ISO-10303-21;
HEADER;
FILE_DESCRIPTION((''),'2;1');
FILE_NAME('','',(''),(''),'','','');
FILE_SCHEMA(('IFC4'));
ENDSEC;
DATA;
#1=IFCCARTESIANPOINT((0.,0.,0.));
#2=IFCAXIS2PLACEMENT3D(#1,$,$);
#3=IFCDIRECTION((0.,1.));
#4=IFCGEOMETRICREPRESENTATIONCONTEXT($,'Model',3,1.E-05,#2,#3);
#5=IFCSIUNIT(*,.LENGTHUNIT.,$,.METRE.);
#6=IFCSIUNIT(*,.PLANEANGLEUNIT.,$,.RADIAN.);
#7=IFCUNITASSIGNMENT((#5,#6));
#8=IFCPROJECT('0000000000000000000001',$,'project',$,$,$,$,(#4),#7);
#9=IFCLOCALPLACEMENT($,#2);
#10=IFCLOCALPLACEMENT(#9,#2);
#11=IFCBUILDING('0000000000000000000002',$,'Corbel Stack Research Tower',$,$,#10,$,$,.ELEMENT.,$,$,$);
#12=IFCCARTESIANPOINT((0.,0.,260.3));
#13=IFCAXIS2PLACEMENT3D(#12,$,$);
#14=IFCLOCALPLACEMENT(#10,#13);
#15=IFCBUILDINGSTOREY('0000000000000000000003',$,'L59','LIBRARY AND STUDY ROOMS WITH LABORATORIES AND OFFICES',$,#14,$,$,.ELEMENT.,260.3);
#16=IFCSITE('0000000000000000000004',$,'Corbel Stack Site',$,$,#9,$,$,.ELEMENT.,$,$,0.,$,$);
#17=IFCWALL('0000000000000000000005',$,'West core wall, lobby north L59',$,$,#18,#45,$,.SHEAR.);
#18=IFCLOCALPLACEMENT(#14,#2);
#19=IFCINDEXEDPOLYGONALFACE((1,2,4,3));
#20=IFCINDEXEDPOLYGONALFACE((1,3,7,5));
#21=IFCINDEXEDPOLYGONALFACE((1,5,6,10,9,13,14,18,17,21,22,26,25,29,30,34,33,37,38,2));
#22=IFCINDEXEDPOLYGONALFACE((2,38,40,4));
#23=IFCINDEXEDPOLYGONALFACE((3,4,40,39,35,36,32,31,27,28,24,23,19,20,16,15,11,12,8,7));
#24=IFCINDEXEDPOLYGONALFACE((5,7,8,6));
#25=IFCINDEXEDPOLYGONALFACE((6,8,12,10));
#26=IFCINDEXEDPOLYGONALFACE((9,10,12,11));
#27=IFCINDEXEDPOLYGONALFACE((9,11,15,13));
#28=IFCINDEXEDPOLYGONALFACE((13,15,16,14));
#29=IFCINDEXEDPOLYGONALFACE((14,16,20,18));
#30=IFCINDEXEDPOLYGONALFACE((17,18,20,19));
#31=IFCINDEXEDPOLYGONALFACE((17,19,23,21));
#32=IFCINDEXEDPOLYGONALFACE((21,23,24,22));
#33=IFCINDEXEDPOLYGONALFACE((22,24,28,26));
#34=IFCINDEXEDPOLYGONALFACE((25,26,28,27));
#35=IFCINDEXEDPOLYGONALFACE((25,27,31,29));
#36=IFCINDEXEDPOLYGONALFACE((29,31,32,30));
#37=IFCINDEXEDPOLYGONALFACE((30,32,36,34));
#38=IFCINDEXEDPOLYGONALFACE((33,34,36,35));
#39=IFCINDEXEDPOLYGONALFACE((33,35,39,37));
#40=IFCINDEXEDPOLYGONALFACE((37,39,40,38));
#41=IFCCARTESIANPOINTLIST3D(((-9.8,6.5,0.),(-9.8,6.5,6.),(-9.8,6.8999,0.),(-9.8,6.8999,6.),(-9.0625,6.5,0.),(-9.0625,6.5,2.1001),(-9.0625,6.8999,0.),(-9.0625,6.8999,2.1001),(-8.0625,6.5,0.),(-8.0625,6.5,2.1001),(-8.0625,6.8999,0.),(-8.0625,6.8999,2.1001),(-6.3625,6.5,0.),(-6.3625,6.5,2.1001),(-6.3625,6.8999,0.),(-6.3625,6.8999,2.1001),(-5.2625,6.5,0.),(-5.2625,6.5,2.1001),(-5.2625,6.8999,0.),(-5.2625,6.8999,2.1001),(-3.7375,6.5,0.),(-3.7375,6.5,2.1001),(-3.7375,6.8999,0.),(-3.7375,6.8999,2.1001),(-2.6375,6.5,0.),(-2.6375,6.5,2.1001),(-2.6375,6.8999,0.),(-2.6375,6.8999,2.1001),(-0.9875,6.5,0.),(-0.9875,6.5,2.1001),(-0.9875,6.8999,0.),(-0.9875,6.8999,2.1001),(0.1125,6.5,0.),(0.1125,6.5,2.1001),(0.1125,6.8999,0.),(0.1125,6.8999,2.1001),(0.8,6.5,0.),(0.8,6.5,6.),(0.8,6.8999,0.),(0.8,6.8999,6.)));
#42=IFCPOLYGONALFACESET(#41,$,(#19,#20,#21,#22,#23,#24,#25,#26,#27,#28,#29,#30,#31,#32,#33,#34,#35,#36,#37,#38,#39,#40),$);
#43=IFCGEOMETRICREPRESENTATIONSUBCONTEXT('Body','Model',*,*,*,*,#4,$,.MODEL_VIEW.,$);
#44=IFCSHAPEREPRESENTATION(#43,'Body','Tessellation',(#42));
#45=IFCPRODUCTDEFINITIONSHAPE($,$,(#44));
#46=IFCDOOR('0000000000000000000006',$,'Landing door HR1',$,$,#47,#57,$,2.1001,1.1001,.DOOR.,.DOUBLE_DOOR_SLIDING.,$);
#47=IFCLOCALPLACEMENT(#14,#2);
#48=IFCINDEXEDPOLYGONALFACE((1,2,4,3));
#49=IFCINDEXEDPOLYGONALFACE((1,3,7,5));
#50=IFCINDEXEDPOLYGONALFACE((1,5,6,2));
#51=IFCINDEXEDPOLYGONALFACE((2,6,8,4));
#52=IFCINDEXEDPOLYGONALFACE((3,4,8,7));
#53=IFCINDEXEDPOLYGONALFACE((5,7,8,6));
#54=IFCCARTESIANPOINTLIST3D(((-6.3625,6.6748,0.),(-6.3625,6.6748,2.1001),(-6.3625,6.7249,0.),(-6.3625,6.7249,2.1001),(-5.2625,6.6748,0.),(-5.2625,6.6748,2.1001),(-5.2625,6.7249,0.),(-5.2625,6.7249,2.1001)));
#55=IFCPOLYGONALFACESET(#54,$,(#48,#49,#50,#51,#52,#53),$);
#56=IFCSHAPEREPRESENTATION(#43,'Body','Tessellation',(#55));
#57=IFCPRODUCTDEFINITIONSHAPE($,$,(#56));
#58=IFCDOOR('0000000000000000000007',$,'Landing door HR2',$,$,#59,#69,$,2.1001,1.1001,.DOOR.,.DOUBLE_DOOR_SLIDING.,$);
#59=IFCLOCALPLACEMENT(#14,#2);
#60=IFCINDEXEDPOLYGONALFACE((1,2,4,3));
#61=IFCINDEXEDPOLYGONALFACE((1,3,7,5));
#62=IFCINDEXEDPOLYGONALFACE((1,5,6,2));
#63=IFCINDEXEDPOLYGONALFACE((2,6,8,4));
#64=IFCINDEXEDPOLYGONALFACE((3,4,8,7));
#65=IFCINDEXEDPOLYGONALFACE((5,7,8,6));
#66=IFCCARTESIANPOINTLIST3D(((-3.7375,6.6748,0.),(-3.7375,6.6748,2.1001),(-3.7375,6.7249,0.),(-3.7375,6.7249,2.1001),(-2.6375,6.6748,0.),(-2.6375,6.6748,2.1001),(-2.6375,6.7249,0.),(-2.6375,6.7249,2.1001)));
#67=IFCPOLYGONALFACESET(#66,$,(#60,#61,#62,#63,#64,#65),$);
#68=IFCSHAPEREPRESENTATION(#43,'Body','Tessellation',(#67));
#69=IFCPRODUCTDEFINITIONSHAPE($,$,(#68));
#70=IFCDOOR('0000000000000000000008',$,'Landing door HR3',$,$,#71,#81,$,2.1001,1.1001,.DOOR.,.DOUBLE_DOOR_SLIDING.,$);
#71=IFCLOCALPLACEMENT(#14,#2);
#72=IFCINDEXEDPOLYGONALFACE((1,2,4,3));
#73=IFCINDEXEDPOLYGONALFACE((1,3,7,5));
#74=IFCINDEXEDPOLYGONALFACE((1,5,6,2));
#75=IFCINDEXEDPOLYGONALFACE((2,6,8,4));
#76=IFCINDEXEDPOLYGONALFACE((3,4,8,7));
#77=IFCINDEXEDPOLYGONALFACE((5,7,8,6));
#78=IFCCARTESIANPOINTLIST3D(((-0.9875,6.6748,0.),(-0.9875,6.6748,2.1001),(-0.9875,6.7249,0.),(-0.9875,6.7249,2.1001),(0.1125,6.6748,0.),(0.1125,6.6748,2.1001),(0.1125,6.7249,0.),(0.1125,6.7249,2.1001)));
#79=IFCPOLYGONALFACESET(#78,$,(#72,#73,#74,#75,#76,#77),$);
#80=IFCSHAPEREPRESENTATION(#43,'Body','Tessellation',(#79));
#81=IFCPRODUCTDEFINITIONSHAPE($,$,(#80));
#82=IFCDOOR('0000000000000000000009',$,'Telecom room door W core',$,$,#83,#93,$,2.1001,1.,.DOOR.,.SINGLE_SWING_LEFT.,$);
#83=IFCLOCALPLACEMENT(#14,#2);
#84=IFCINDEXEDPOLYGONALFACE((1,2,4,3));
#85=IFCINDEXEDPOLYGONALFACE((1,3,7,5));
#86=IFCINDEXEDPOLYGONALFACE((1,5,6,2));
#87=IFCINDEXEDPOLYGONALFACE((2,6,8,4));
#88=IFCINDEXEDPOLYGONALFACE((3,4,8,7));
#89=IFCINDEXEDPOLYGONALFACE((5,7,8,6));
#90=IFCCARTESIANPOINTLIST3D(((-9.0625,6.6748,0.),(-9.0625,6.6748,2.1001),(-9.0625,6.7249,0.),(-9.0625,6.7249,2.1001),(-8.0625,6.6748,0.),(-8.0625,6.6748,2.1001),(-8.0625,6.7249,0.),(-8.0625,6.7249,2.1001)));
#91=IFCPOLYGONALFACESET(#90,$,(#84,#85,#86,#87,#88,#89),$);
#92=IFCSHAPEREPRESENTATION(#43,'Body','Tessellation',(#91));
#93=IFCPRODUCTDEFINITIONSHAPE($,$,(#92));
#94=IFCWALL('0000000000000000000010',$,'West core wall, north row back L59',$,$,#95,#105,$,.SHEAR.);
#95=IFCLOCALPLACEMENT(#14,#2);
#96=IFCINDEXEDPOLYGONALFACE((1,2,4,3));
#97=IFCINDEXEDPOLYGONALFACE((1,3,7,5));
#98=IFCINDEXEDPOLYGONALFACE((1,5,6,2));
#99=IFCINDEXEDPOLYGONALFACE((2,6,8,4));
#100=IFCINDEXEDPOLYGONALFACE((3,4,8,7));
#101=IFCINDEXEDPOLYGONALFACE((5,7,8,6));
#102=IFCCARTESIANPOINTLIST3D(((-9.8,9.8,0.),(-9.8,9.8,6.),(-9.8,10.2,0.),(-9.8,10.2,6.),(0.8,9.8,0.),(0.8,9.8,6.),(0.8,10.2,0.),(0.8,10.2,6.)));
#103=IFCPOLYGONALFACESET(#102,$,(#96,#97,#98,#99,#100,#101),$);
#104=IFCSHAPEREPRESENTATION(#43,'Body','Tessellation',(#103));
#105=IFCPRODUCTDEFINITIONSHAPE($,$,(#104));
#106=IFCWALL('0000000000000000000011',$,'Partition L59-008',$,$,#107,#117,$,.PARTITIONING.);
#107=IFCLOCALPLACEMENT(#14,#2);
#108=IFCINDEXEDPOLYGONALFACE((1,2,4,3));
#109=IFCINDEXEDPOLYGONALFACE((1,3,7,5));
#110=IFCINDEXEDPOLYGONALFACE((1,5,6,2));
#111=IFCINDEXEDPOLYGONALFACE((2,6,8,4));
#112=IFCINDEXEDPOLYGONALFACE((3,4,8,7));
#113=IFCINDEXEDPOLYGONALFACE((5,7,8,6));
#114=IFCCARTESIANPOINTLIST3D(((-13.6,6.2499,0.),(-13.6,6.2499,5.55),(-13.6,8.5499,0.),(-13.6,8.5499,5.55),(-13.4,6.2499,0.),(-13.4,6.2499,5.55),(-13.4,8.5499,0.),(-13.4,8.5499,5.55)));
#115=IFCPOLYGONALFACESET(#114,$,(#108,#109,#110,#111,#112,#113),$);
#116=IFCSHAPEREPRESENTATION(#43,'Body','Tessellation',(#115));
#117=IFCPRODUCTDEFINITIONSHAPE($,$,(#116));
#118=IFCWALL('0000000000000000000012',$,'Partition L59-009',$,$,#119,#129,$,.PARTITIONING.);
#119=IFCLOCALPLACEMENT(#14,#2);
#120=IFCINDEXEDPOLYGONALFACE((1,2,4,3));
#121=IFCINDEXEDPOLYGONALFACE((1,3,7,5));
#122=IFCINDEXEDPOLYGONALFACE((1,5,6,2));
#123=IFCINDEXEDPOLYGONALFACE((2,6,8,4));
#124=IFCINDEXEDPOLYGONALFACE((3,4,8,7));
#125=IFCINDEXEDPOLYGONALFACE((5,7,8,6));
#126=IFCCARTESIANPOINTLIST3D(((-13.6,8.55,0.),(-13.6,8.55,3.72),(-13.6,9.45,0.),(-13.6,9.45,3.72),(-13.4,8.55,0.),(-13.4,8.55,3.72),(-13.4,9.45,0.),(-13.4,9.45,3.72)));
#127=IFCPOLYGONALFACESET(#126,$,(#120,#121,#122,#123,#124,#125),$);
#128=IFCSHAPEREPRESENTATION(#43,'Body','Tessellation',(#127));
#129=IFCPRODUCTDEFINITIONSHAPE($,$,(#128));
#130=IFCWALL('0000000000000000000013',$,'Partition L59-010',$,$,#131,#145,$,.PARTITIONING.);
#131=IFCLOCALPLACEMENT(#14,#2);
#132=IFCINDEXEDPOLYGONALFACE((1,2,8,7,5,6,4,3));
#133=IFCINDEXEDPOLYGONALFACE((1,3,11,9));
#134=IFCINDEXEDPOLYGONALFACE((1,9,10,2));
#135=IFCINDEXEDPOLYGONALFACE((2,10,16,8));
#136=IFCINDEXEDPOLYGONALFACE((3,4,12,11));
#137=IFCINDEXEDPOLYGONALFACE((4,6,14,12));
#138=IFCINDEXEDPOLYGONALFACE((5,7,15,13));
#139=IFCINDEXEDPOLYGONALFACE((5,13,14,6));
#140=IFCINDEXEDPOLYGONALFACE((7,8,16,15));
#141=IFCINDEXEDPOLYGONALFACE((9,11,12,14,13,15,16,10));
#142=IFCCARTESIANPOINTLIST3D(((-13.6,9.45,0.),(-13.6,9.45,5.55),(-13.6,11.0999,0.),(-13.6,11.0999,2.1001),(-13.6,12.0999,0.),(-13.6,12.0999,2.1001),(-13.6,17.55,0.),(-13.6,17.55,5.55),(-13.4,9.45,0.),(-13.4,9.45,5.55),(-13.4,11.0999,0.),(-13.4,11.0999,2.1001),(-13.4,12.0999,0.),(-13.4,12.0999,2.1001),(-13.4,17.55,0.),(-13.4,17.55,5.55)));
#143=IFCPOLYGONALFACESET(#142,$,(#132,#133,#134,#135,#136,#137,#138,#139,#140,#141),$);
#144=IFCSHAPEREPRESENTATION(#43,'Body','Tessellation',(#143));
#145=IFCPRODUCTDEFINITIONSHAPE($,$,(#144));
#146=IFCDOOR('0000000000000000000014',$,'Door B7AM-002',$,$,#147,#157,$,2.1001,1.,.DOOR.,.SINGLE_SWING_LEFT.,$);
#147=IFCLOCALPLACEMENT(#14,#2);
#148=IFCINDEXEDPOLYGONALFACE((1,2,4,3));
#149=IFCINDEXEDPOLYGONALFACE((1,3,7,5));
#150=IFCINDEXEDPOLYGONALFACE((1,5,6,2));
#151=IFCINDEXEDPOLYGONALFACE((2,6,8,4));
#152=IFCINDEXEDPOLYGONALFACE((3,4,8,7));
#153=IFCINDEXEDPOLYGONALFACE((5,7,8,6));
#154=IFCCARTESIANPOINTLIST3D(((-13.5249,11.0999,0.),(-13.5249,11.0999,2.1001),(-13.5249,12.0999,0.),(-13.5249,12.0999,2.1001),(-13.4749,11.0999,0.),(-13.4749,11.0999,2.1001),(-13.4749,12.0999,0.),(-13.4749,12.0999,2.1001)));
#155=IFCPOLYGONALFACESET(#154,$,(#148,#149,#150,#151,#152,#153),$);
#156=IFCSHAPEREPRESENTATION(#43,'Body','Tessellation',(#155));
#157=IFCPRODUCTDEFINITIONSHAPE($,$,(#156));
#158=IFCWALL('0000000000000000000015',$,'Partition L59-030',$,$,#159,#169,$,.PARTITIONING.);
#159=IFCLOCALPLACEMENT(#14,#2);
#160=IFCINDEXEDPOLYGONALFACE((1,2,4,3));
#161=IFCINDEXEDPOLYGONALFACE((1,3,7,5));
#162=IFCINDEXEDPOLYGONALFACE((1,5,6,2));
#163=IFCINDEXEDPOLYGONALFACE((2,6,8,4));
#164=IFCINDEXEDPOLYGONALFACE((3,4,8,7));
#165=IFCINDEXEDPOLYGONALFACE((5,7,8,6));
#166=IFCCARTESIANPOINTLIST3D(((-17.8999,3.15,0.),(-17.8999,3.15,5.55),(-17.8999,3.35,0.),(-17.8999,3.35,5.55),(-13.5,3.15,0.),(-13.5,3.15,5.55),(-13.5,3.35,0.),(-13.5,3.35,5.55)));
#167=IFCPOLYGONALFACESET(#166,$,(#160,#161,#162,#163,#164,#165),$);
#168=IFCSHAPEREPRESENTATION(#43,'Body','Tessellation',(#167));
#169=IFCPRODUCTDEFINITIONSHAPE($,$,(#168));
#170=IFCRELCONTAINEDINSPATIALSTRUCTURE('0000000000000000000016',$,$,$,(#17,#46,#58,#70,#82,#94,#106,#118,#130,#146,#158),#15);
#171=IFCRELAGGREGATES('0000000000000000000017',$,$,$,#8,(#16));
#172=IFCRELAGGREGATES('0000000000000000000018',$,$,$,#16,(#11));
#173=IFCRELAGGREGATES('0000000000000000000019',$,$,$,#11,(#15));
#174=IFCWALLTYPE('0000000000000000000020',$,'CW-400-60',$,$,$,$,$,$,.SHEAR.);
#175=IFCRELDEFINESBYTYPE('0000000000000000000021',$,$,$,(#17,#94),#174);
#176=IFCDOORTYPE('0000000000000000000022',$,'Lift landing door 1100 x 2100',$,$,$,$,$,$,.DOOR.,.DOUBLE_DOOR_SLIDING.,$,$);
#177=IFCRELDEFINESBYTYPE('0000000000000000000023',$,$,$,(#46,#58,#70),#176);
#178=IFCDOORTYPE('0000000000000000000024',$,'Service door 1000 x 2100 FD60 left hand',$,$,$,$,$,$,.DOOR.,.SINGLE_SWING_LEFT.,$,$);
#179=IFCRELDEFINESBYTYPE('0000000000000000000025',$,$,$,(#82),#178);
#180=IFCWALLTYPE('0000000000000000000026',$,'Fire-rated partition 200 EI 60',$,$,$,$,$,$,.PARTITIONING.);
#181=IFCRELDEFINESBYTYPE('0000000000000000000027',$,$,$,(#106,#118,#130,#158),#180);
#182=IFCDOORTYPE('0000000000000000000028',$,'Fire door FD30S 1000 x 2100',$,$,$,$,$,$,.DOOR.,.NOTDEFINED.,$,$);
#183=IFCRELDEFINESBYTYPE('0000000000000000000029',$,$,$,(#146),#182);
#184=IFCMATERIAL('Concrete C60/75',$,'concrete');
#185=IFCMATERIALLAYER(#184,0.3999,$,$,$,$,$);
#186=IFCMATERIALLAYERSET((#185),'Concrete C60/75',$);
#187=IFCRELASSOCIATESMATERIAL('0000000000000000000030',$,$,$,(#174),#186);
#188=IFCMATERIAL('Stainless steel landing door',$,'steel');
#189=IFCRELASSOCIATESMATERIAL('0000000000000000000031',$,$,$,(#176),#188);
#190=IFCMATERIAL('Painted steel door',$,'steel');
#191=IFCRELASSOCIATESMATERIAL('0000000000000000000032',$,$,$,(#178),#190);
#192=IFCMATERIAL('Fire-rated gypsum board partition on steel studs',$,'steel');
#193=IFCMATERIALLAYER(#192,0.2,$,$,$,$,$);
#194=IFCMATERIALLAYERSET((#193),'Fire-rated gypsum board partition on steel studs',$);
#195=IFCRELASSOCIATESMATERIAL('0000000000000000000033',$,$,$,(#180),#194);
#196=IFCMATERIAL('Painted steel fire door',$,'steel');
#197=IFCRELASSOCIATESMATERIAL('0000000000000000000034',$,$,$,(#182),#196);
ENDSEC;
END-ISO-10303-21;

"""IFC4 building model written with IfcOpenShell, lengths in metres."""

from ifc_helpers import new_model, si_unit, direction, frame, frame_2d, origin, place, context, subcontext, project, spatial, rectangle, extrude, material, layer, layer_set, type_object, element, fill, save


model = new_model("IFC4")

# Units and contexts
model_context = context("Model", 3, precision=1e-05, world=origin(), true_north=direction((0.0, 1.0)))
body_context = subcontext(model_context, "Body", "Model", "MODEL_VIEW")
ifc_project = project(units=[si_unit("LENGTHUNIT", "METRE"), si_unit("PLANEANGLEUNIT", "RADIAN")], contexts=[model_context])

# Site, building, storey
site_placement = place(None, origin())
site = spatial("IfcSite", under=ifc_project, at=site_placement, Name="Corbel Stack Site", CompositionType="ELEMENT", RefElevation=0.0)
building_placement = place(site_placement, origin())
building = spatial("IfcBuilding", under=site, at=building_placement, Name="Corbel Stack Research Tower", CompositionType="ELEMENT")
storey_placement = place(building_placement, frame((0.0, 0.0, 260.3)))
storey = spatial("IfcBuildingStorey", under=building, at=storey_placement, Name="L59", Description="LIBRARY AND STUDY ROOMS WITH LABORATORIES AND OFFICES", CompositionType="ELEMENT", Elevation=260.3)

# Wall, openings, doors
ifc_material_1 = material(Name="Concrete C60/75", Category="concrete")
ifc_layer_1 = layer(ifc_material_1, 0.3999)
ifc_layer_set_1 = layer_set([ifc_layer_1], Name="Concrete C60/75")
wall_type_1 = type_object("IfcWallType", Name="CW-400-60", PredefinedType="SHEAR", material=ifc_layer_set_1)
ifc_material_2 = material(Name="Stainless steel landing door", Category="steel")
door_type_1 = type_object("IfcDoorType", Name="Lift landing door 1100 x 2100", OperationType="DOUBLE_DOOR_SLIDING", PredefinedType="DOOR", material=ifc_material_2)
ifc_material_3 = material(Name="Painted steel door", Category="steel")
door_type_2 = type_object("IfcDoorType", Name="Service door 1000 x 2100 FD60 left hand", OperationType="SINGLE_SWING_LEFT", PredefinedType="DOOR", material=ifc_material_3)
wall_1_placement = place(storey_placement, frame((-9.8, 6.7, 0.0), z_axis=(0.0, 0.0, 1.0), x_axis=(1.0, 0.0, 0.0)))
wall_1 = element("IfcWall", 1, at=wall_1_placement, inside=storey, type_object=wall_type_1, Name="West core wall, lobby north L59", PredefinedType="SHEAR", context=body_context, shape_type="SweptSolid", body=[
    extrude(rectangle(XDim=10.6001, YDim=0.3999, at=frame_2d((5.3, 0.0))), origin(), (0.0, 0.0, 1.0), 6.0),
])
opening_1_placement = place(wall_1_placement, frame((3.4375, 0.0, 0.0)))
opening_1 = element("IfcOpeningElement", 2, at=opening_1_placement, cuts=wall_1, PredefinedType="OPENING", context=body_context, shape_type="SweptSolid", body=[
    extrude(rectangle(XDim=1.1001, YDim=2.1001, at=frame_2d((0.55, 1.05))), frame((0.0, 0.21, 0.0), z_axis=(0.0, -1.0, 0.0), x_axis=(1.0, 0.0, 0.0)), (0.0, 0.0, 1.0), 0.4199),
])
opening_2_placement = place(wall_1_placement, frame((6.0625, 0.0, 0.0)))
opening_2 = element("IfcOpeningElement", 3, at=opening_2_placement, cuts=wall_1, PredefinedType="OPENING", context=body_context, shape_type="SweptSolid", body=[
    extrude(rectangle(XDim=1.1001, YDim=2.1001, at=frame_2d((0.55, 1.05))), frame((0.0, 0.21, 0.0), z_axis=(0.0, -1.0, 0.0), x_axis=(1.0, 0.0, 0.0)), (0.0, 0.0, 1.0), 0.4199),
])
opening_3_placement = place(wall_1_placement, frame((8.8125, 0.0, 0.0)))
opening_3 = element("IfcOpeningElement", 4, at=opening_3_placement, cuts=wall_1, PredefinedType="OPENING", context=body_context, shape_type="SweptSolid", body=[
    extrude(rectangle(XDim=1.1001, YDim=2.1001, at=frame_2d((0.55, 1.05))), frame((0.0, 0.21, 0.0), z_axis=(0.0, -1.0, 0.0), x_axis=(1.0, 0.0, 0.0)), (0.0, 0.0, 1.0), 0.4199),
])
opening_4_placement = place(wall_1_placement, frame((0.7375, 0.0, 0.0)))
opening_4 = element("IfcOpeningElement", 5, at=opening_4_placement, cuts=wall_1, PredefinedType="OPENING", context=body_context, shape_type="SweptSolid", body=[
    extrude(rectangle(XDim=1.0, YDim=2.1001, at=frame_2d((0.5, 1.05))), frame((0.0, 0.21, 0.0), z_axis=(0.0, -1.0, 0.0), x_axis=(1.0, 0.0, 0.0)), (0.0, 0.0, 1.0), 0.4199),
])
door_1_placement = place(opening_1_placement, origin())
door_1 = element("IfcDoor", 6, at=door_1_placement, inside=storey, type_object=door_type_1, Name="Landing door HR1", OperationType="DOUBLE_DOOR_SLIDING", OverallHeight=2.1001, OverallWidth=1.1001, PredefinedType="DOOR", context=body_context, shape_type="SweptSolid", body=[
    extrude(rectangle(XDim=1.1001, YDim=2.1001, at=frame_2d((0.55, 1.05))), frame((0.0, 0.0249, 0.0), z_axis=(0.0, -1.0, 0.0), x_axis=(1.0, 0.0, 0.0)), (0.0, 0.0, 1.0), 0.05),
])
fill(opening_1, door_1)
door_2_placement = place(opening_2_placement, origin())
door_2 = element("IfcDoor", 7, at=door_2_placement, inside=storey, type_object=door_type_1, Name="Landing door HR2", OperationType="DOUBLE_DOOR_SLIDING", OverallHeight=2.1001, OverallWidth=1.1001, PredefinedType="DOOR", context=body_context, shape_type="SweptSolid", body=[
    extrude(rectangle(XDim=1.1001, YDim=2.1001, at=frame_2d((0.55, 1.05))), frame((0.0, 0.0249, 0.0), z_axis=(0.0, -1.0, 0.0), x_axis=(1.0, 0.0, 0.0)), (0.0, 0.0, 1.0), 0.05),
])
fill(opening_2, door_2)
door_3_placement = place(opening_3_placement, origin())
door_3 = element("IfcDoor", 8, at=door_3_placement, inside=storey, type_object=door_type_1, Name="Landing door HR3", OperationType="DOUBLE_DOOR_SLIDING", OverallHeight=2.1001, OverallWidth=1.1001, PredefinedType="DOOR", context=body_context, shape_type="SweptSolid", body=[
    extrude(rectangle(XDim=1.1001, YDim=2.1001, at=frame_2d((0.55, 1.05))), frame((0.0, 0.0249, 0.0), z_axis=(0.0, -1.0, 0.0), x_axis=(1.0, 0.0, 0.0)), (0.0, 0.0, 1.0), 0.05),
])
fill(opening_3, door_3)
door_4_placement = place(opening_4_placement, origin())
door_4 = element("IfcDoor", 9, at=door_4_placement, inside=storey, type_object=door_type_2, Name="Telecom room door W core", OperationType="SINGLE_SWING_LEFT", OverallHeight=2.1001, OverallWidth=1.0, PredefinedType="DOOR", context=body_context, shape_type="SweptSolid", body=[
    extrude(rectangle(XDim=1.0, YDim=2.1001, at=frame_2d((0.5, 1.05))), frame((0.0, 0.0249, 0.0), z_axis=(0.0, -1.0, 0.0), x_axis=(1.0, 0.0, 0.0)), (0.0, 0.0, 1.0), 0.05),
])
fill(opening_4, door_4)

# Walls
wall_2_placement = place(storey_placement, frame((-9.8, 10.0, 0.0), z_axis=(0.0, 0.0, 1.0), x_axis=(1.0, 0.0, 0.0)))
element("IfcWall", 10, at=wall_2_placement, inside=storey, type_object=wall_type_1, Name="West core wall, north row back L59", PredefinedType="SHEAR", context=body_context, shape_type="SweptSolid", body=[
    extrude(rectangle(XDim=10.6001, YDim=0.3999, at=frame_2d((5.3, 0.0))), origin(), (0.0, 0.0, 1.0), 6.0),
])
ifc_material_4 = material(Name="Fire-rated gypsum board partition on steel studs", Category="steel")
ifc_layer_2 = layer(ifc_material_4, 0.2)
ifc_layer_set_2 = layer_set([ifc_layer_2], Name="Fire-rated gypsum board partition on steel studs")
wall_type_2 = type_object("IfcWallType", Name="Fire-rated partition 200 EI 60", PredefinedType="PARTITIONING", material=ifc_layer_set_2)
wall_3_placement = place(storey_placement, frame((-13.5, 6.25, 0.0), z_axis=(0.0, 0.0, 1.0), x_axis=(0.0, 1.0, 0.0)))
element("IfcWall", 11, at=wall_3_placement, inside=storey, type_object=wall_type_2, Name="Partition L59-008", PredefinedType="PARTITIONING", context=body_context, shape_type="SweptSolid", body=[
    extrude(rectangle(XDim=2.3, YDim=0.2, at=frame_2d((1.1499, 0.0))), origin(), (0.0, 0.0, 1.0), 5.55),
])
wall_4_placement = place(storey_placement, frame((-13.5, 8.55, 0.0), z_axis=(0.0, 0.0, 1.0), x_axis=(0.0, 1.0, 0.0)))
element("IfcWall", 12, at=wall_4_placement, inside=storey, type_object=wall_type_2, Name="Partition L59-009", PredefinedType="PARTITIONING", context=body_context, shape_type="SweptSolid", body=[
    extrude(rectangle(XDim=0.8999, YDim=0.2, at=frame_2d((0.45, 0.0))), origin(), (0.0, 0.0, 1.0), 3.72),
])

# Wall, opening, door
wall_5_placement = place(storey_placement, frame((-13.5, 9.45, 0.0), z_axis=(0.0, 0.0, 1.0), x_axis=(0.0, 1.0, 0.0)))
wall_5 = element("IfcWall", 13, at=wall_5_placement, inside=storey, type_object=wall_type_2, Name="Partition L59-010", PredefinedType="PARTITIONING", context=body_context, shape_type="SweptSolid", body=[
    extrude(rectangle(XDim=8.1001, YDim=0.2, at=frame_2d((4.05, 0.0))), origin(), (0.0, 0.0, 1.0), 5.55),
])
opening_5_placement = place(wall_5_placement, frame((1.6499, 0.0, 0.0)))
opening_5 = element("IfcOpeningElement", 14, at=opening_5_placement, cuts=wall_5, PredefinedType="OPENING", context=body_context, shape_type="SweptSolid", body=[
    extrude(rectangle(XDim=1.0, YDim=2.1001, at=frame_2d((0.5, 1.05))), frame((0.0, 0.1099, 0.0), z_axis=(0.0, -1.0, 0.0), x_axis=(1.0, 0.0, 0.0)), (0.0, 0.0, 1.0), 0.22),
])
ifc_material_5 = material(Name="Painted steel fire door", Category="steel")
door_type_3 = type_object("IfcDoorType", Name="Fire door FD30S 1000 x 2100", OperationType="NOTDEFINED", PredefinedType="DOOR", material=ifc_material_5)
door_5_placement = place(opening_5_placement, origin())
door_5 = element("IfcDoor", 15, at=door_5_placement, inside=storey, type_object=door_type_3, Name="Door B7AM-002", OperationType="SINGLE_SWING_LEFT", OverallHeight=2.1001, OverallWidth=1.0, PredefinedType="DOOR", context=body_context, shape_type="SweptSolid", body=[
    extrude(rectangle(XDim=1.0, YDim=2.1001, at=frame_2d((0.5, 1.05))), frame((0.0, 0.0249, 0.0), z_axis=(0.0, -1.0, 0.0), x_axis=(1.0, 0.0, 0.0)), (0.0, 0.0, 1.0), 0.05),
])
fill(opening_5, door_5)

# Wall
for number, where, z_axis, x_axis, name in (
    (16, (-17.8999, 3.25, 0.0), (0.0, 0.0, 1.0), (1.0, 0.0, 0.0), "Partition L59-030"),
):
    element("IfcWall", number, at=place(storey_placement, frame(where, z_axis=z_axis, x_axis=x_axis)), inside=storey, type_object=wall_type_2, Name=name, PredefinedType="PARTITIONING", context=body_context, shape_type="SweptSolid", body=[
        extrude(rectangle(XDim=4.3999, YDim=0.2, at=frame_2d((2.2, 0.0))), origin(), (0.0, 0.0, 1.0), 5.55),
    ])

save(model, "model.ifc")
